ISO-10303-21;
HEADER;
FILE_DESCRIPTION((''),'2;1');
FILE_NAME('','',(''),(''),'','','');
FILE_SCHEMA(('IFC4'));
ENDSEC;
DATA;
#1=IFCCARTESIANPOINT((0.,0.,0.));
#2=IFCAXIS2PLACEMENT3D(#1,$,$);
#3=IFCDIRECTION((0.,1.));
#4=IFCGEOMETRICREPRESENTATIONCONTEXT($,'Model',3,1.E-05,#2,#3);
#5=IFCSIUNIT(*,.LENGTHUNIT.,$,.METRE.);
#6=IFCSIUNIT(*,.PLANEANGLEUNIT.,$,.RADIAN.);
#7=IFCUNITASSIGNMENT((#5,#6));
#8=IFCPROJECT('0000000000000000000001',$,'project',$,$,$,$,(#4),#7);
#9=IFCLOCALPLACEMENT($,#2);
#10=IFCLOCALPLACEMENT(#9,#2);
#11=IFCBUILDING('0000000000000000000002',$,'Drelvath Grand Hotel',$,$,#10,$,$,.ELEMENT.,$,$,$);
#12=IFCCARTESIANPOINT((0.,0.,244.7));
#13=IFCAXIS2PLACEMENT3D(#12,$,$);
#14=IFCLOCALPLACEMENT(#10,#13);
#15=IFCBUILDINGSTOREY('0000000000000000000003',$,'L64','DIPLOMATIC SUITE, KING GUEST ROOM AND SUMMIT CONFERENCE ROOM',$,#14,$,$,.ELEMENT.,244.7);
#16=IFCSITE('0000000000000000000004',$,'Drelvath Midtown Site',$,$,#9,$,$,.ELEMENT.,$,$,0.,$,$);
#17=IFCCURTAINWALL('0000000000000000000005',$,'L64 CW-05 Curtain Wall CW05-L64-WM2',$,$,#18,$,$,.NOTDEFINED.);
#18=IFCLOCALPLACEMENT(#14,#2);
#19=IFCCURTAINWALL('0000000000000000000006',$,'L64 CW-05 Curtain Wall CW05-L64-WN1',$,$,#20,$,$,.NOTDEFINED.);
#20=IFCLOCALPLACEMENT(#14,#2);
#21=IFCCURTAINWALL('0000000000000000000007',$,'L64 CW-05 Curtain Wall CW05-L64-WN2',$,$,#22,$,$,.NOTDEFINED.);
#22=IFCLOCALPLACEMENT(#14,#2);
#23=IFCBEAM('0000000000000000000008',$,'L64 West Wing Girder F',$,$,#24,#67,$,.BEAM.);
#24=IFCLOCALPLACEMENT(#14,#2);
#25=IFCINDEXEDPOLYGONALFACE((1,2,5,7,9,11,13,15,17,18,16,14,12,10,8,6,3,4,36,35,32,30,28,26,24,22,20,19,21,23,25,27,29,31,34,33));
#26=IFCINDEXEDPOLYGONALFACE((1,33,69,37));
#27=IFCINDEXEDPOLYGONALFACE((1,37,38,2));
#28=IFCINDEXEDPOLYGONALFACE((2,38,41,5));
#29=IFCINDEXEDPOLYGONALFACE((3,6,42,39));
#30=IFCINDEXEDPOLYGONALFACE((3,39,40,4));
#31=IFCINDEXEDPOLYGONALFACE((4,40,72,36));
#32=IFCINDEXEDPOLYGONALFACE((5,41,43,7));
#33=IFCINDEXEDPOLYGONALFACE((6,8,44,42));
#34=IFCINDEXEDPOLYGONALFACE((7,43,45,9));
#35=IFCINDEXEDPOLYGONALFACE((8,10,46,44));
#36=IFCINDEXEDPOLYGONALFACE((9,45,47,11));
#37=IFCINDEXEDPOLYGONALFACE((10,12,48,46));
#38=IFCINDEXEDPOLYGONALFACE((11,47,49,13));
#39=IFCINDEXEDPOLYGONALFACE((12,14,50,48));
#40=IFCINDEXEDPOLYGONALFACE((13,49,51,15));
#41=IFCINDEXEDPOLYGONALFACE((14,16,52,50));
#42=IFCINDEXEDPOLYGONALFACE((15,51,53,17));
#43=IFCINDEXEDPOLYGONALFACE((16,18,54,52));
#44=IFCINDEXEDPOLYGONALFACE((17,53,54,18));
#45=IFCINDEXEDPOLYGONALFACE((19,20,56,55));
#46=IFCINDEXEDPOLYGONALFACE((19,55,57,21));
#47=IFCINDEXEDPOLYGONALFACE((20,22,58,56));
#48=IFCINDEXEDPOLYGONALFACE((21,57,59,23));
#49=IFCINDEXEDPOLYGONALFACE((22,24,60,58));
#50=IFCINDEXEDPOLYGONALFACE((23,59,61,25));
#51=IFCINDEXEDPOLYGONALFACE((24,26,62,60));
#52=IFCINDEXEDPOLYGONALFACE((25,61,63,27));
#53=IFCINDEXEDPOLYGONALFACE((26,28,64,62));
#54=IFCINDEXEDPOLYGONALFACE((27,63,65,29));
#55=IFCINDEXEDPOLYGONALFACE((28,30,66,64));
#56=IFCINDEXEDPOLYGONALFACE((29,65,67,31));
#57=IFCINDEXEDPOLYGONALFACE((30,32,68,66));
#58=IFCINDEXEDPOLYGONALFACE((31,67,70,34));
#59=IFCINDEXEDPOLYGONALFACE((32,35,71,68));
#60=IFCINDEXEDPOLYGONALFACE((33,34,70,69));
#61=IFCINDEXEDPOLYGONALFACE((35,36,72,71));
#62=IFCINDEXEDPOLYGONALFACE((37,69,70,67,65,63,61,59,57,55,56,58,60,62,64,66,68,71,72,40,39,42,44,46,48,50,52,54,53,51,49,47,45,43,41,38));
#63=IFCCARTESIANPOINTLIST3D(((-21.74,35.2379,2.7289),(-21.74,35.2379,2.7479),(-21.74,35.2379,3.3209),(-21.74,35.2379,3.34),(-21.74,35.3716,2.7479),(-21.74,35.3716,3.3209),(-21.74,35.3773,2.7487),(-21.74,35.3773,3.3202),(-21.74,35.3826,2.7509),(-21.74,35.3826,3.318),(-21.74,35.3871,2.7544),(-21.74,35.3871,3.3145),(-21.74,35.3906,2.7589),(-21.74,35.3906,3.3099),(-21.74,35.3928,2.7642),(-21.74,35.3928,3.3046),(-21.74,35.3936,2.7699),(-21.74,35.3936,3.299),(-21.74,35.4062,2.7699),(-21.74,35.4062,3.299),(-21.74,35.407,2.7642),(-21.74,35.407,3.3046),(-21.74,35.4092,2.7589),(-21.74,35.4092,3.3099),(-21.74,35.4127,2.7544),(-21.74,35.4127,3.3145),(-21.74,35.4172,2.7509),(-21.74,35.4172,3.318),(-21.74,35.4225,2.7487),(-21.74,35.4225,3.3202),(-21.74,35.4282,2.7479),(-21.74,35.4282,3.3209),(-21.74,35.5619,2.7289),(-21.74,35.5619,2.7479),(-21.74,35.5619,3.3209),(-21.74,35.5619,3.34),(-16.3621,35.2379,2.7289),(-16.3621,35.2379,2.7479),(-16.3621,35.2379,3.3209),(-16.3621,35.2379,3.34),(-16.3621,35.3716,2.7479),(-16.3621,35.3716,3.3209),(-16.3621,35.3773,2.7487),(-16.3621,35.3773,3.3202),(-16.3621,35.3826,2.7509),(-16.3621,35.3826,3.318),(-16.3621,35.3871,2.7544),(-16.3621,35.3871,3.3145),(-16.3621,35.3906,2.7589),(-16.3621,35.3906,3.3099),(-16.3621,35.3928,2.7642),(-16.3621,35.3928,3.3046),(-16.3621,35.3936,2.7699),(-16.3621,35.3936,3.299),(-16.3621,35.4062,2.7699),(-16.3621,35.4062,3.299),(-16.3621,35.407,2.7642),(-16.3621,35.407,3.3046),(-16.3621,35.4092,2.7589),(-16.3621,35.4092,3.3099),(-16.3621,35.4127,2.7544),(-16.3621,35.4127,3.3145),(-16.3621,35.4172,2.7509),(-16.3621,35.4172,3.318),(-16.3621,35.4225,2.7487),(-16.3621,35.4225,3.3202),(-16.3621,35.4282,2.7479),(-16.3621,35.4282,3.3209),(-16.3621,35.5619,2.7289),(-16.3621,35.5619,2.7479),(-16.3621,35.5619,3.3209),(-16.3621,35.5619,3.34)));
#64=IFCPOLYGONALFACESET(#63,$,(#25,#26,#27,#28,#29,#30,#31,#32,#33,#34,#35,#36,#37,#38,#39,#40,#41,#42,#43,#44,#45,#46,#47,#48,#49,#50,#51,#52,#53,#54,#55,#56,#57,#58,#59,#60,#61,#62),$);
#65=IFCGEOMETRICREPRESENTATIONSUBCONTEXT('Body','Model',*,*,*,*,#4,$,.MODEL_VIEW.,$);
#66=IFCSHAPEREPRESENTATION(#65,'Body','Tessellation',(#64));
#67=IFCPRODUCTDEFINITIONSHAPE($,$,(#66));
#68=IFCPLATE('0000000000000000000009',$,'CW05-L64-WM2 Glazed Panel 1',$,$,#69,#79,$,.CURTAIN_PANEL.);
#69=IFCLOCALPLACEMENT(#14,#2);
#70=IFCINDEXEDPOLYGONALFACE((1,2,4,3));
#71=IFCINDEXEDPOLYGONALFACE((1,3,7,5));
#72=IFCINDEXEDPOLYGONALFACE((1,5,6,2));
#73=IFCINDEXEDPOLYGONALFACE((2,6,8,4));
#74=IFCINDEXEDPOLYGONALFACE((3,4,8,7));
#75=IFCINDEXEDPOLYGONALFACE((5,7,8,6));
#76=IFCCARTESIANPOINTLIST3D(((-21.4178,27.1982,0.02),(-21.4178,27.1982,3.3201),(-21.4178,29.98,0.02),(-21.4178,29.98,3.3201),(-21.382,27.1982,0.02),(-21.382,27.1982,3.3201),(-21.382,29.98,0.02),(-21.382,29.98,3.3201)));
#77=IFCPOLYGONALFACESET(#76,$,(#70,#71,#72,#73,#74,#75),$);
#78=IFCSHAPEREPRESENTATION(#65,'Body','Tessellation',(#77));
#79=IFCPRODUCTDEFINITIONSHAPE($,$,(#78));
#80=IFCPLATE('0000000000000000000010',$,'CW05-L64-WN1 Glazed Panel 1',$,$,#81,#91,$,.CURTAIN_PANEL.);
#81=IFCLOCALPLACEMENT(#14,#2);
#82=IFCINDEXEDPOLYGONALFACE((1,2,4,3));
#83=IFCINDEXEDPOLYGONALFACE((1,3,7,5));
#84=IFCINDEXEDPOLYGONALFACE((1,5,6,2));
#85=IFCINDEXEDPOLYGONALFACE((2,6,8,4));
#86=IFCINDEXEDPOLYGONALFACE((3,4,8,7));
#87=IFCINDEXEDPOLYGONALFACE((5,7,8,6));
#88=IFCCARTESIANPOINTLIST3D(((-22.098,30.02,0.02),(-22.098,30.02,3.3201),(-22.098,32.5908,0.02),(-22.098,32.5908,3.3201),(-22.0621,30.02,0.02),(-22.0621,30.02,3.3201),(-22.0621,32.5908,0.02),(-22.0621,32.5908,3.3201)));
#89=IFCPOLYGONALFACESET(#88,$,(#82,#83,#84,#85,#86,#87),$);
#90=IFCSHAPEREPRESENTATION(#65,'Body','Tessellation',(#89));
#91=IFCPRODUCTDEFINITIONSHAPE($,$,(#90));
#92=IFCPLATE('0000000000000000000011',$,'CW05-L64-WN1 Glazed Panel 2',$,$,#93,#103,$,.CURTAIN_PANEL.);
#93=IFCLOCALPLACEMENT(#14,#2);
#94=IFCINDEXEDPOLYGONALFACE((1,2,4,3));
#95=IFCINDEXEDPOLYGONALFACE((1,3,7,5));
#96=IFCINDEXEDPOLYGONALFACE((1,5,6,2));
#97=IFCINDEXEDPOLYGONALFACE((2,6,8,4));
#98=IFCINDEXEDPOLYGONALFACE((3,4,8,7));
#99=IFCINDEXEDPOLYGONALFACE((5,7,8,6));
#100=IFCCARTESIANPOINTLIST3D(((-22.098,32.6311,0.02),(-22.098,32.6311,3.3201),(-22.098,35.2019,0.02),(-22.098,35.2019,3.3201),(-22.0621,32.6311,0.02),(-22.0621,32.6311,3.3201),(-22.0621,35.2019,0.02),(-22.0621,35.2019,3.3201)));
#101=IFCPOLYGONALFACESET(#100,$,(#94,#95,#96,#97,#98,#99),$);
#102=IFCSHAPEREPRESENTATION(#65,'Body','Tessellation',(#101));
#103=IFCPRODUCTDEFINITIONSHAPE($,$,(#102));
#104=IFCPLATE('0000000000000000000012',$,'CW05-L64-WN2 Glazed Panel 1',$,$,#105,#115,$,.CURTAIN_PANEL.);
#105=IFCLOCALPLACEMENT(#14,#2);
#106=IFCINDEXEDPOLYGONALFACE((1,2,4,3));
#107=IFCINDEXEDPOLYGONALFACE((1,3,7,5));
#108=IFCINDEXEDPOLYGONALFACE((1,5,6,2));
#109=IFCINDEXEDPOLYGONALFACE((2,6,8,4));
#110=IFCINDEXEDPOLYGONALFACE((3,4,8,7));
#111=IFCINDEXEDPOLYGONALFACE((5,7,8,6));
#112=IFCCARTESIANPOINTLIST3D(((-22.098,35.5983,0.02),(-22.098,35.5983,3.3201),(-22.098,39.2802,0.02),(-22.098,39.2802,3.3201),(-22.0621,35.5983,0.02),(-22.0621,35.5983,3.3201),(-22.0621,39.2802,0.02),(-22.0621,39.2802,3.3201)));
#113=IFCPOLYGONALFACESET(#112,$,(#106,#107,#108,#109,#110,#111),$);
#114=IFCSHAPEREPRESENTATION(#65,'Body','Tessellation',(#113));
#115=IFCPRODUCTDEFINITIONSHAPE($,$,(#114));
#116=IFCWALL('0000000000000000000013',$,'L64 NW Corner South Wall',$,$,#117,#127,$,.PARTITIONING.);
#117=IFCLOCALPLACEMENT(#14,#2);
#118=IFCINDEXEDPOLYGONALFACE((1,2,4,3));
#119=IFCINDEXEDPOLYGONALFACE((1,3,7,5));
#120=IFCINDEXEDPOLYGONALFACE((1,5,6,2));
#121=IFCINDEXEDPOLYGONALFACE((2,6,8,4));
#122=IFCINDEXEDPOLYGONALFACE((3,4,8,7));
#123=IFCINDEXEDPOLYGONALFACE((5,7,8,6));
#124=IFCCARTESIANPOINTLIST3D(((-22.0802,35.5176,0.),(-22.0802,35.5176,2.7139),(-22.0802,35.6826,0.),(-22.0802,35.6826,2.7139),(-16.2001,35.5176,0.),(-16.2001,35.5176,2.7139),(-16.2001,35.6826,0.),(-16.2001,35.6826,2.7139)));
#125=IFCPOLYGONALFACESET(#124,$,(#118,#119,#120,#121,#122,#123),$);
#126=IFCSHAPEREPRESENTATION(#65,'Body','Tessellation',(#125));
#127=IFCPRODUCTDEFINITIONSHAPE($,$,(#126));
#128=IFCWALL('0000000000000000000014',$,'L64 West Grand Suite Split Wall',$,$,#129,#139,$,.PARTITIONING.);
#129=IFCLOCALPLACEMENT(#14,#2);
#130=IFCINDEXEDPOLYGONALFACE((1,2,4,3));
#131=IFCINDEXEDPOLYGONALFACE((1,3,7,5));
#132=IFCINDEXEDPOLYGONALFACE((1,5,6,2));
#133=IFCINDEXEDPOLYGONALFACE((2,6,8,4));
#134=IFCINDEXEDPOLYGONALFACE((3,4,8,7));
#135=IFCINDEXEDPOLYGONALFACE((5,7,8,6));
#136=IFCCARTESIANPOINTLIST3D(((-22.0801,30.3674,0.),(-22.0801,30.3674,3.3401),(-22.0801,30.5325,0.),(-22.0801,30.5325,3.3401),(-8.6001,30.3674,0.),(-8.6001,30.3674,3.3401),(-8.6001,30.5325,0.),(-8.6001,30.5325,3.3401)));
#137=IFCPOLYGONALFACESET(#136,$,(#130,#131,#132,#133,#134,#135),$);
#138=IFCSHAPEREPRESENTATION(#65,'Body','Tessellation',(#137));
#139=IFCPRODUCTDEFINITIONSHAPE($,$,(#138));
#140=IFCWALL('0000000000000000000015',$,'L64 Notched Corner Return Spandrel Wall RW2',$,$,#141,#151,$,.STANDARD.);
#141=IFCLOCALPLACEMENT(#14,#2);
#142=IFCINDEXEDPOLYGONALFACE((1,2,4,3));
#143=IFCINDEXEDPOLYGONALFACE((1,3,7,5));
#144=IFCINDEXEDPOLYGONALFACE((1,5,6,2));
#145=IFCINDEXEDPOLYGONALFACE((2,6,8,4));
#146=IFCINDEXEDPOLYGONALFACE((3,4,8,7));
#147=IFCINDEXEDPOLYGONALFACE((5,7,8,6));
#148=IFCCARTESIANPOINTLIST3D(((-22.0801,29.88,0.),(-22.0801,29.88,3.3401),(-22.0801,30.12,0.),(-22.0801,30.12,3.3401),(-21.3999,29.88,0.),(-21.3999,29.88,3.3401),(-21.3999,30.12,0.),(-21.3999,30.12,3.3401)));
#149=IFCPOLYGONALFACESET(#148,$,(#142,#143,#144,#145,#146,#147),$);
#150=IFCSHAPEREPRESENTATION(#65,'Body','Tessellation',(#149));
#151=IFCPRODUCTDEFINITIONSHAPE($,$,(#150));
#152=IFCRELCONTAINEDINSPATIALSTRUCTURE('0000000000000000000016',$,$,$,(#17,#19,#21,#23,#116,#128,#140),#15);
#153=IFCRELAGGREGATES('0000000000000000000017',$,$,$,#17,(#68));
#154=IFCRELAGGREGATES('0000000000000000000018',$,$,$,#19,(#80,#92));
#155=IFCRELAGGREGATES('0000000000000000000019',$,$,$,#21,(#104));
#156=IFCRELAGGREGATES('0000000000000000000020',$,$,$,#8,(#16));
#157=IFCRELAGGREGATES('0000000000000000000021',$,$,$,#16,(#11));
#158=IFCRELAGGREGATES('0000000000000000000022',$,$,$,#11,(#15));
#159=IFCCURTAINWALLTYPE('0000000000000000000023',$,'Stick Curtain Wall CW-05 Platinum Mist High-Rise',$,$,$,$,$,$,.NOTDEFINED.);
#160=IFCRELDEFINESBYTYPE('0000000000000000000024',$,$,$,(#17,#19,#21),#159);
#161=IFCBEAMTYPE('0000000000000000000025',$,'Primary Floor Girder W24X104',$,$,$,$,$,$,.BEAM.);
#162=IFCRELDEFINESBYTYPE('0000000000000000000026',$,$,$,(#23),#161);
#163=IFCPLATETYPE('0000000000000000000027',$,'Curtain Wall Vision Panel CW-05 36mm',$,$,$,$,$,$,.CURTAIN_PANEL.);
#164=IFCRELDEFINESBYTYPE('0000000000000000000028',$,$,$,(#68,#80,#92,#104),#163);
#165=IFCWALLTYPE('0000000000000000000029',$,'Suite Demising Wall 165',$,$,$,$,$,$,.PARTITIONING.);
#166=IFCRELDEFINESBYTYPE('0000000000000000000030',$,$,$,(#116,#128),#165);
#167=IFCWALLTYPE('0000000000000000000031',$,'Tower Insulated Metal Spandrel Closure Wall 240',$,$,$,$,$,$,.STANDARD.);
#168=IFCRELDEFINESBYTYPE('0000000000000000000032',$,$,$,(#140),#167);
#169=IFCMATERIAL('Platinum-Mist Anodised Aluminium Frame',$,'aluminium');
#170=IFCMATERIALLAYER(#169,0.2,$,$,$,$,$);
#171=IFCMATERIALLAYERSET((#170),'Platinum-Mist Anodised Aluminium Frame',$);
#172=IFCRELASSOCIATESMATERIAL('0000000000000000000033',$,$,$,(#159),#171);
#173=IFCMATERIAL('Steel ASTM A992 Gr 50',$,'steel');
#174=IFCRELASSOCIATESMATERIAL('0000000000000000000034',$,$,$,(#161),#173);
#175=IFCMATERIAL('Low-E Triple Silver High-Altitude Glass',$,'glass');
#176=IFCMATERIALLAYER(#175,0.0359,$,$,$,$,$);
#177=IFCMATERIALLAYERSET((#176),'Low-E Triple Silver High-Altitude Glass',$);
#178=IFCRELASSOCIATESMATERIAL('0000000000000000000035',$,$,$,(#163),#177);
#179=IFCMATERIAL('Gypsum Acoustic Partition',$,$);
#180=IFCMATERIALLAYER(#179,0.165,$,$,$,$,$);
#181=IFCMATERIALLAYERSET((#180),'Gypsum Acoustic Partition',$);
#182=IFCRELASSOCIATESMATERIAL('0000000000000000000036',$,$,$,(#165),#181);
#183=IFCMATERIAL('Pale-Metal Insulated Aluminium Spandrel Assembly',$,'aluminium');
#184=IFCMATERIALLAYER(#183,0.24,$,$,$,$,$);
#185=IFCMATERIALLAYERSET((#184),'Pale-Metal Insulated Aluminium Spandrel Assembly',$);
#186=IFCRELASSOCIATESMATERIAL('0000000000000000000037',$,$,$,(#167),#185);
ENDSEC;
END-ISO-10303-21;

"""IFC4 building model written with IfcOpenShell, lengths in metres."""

from ifc_helpers import new_model, si_unit, direction, frame, frame_2d, origin, origin_2d, place, context, subcontext, project, spatial, rectangle, i_section, extrude, material, layer, layer_set, material_profile, profile_set, type_object, element, aggregate, save


model = new_model("IFC4")

# Units and contexts
model_context = context("Model", 3, precision=1e-05, world=origin(), true_north=direction((0.0, 1.0)))
body_context = subcontext(model_context, "Body", "Model", "MODEL_VIEW")
ifc_project = project(units=[si_unit("LENGTHUNIT", "METRE"), si_unit("PLANEANGLEUNIT", "RADIAN")], contexts=[model_context])

# Site, building, storey
site_placement = place(None, origin())
site = spatial("IfcSite", under=ifc_project, at=site_placement, Name="Drelvath Midtown Site", CompositionType="ELEMENT", RefElevation=0.0)
building_placement = place(site_placement, origin())
building = spatial("IfcBuilding", under=site, at=building_placement, Name="Drelvath Grand Hotel", CompositionType="ELEMENT")
storey_placement = place(building_placement, frame((0.0, 0.0, 244.7)))
storey = spatial("IfcBuildingStorey", under=building, at=storey_placement, Name="L64", Description="DIPLOMATIC SUITE, KING GUEST ROOM AND SUMMIT CONFERENCE ROOM", CompositionType="ELEMENT", Elevation=244.7)

# Curtain walls
ifc_material_1 = material(Name="Platinum-Mist Anodised Aluminium Frame", Category="aluminium")
ifc_layer_1 = layer(ifc_material_1, 0.2)
ifc_layer_set_1 = layer_set([ifc_layer_1], Name="Platinum-Mist Anodised Aluminium Frame")
curtain_wall_type = type_object("IfcCurtainWallType", Name="Stick Curtain Wall CW-05 Platinum Mist High-Rise", PredefinedType="NOTDEFINED", material=ifc_layer_set_1)
curtain_wall_1_placement = place(storey_placement, origin())
curtain_wall_1 = element("IfcCurtainWall", 1, at=curtain_wall_1_placement, inside=storey, type_object=curtain_wall_type, Name="L64 CW-05 Curtain Wall CW05-L64-WM2", PredefinedType="NOTDEFINED")
curtain_wall_2_placement = place(storey_placement, origin())
curtain_wall_2 = element("IfcCurtainWall", 2, at=curtain_wall_2_placement, inside=storey, type_object=curtain_wall_type, Name="L64 CW-05 Curtain Wall CW05-L64-WN1", PredefinedType="NOTDEFINED")
curtain_wall_3_placement = place(storey_placement, origin())
curtain_wall_3 = element("IfcCurtainWall", 3, at=curtain_wall_3_placement, inside=storey, type_object=curtain_wall_type, Name="L64 CW-05 Curtain Wall CW05-L64-WN2", PredefinedType="NOTDEFINED")

# Beam
ifc_material_2 = material(Name="Steel ASTM A992 Gr 50", Category="steel")
ifc_material_profile_1 = material_profile(ifc_material_2, i_section(OverallWidth=0.324, OverallDepth=0.6111, WebThickness=0.0127, FlangeThickness=0.019, FilletRadius=0.022, at=origin_2d()), Name="W24X104")
ifc_profile_set_1 = profile_set([ifc_material_profile_1], Name="Steel ASTM A992 Gr 50")
beam_type_1 = type_object("IfcBeamType", Name="Primary Floor Girder W24X104", PredefinedType="BEAM", material=ifc_profile_set_1)
beam_1_placement = place(storey_placement, frame((-21.74, 35.3999, 3.0344), z_axis=(1.0, 0.0, 0.0), x_axis=(0.0, 1.0, 0.0)))
element("IfcBeam", 4, at=beam_1_placement, inside=storey, type_object=beam_type_1, Name="L64 West Wing Girder F", PredefinedType="BEAM", context=body_context, shape_type="SweptSolid", body=[
    extrude(i_section(OverallWidth=0.324, OverallDepth=0.6111, WebThickness=0.0127, FlangeThickness=0.019, FilletRadius=0.022, at=origin_2d()), origin(), (0.0, 0.0, 1.0), 5.3779),
])

# Plates
ifc_material_3 = material(Name="Low-E Triple Silver High-Altitude Glass", Category="glass")
ifc_layer_2 = layer(ifc_material_3, 0.0359)
ifc_layer_set_2 = layer_set([ifc_layer_2], Name="Low-E Triple Silver High-Altitude Glass")
plate_type = type_object("IfcPlateType", Name="Curtain Wall Vision Panel CW-05 36mm", PredefinedType="CURTAIN_PANEL", material=ifc_layer_set_2)
plate_1_placement = place(storey_placement, frame((-21.3999, 28.5891, 0.02), z_axis=(0.0, 0.0, 1.0), x_axis=(0.0, 1.0, 0.0)))
plate_1 = element("IfcPlate", 5, at=plate_1_placement, type_object=plate_type, Name="CW05-L64-WM2 Glazed Panel 1", PredefinedType="CURTAIN_PANEL", context=body_context, shape_type="SweptSolid", body=[
    extrude(rectangle(XDim=2.7817, YDim=0.0359, at=origin_2d()), origin(), (0.0, 0.0, 1.0), 3.3),
])
aggregate(curtain_wall_1, [plate_1])
plate_2_placement = place(storey_placement, frame((-22.0801, 31.3054, 0.02), z_axis=(0.0, 0.0, 1.0), x_axis=(0.0, 1.0, 0.0)))
plate_2 = element("IfcPlate", 6, at=plate_2_placement, type_object=plate_type, Name="CW05-L64-WN1 Glazed Panel 1", PredefinedType="CURTAIN_PANEL", context=body_context, shape_type="SweptSolid", body=[
    extrude(rectangle(XDim=2.5708, YDim=0.0359, at=origin_2d()), origin(), (0.0, 0.0, 1.0), 3.3),
])
plate_3_placement = place(storey_placement, frame((-22.0801, 33.9165, 0.02), z_axis=(0.0, 0.0, 1.0), x_axis=(0.0, 1.0, 0.0)))
plate_3 = element("IfcPlate", 7, at=plate_3_placement, type_object=plate_type, Name="CW05-L64-WN1 Glazed Panel 2", PredefinedType="CURTAIN_PANEL", context=body_context, shape_type="SweptSolid", body=[
    extrude(rectangle(XDim=2.5708, YDim=0.0359, at=origin_2d()), origin(), (0.0, 0.0, 1.0), 3.3),
])
aggregate(curtain_wall_2, [plate_2, plate_3])
plate_4_placement = place(storey_placement, frame((-22.0801, 37.4392, 0.02), z_axis=(0.0, 0.0, 1.0), x_axis=(0.0, 1.0, 0.0)))
plate_4 = element("IfcPlate", 8, at=plate_4_placement, type_object=plate_type, Name="CW05-L64-WN2 Glazed Panel 1", PredefinedType="CURTAIN_PANEL", context=body_context, shape_type="SweptSolid", body=[
    extrude(rectangle(XDim=3.6819, YDim=0.0359, at=origin_2d()), origin(), (0.0, 0.0, 1.0), 3.3),
])
aggregate(curtain_wall_3, [plate_4])

# Walls
ifc_material_4 = material(Name="Gypsum Acoustic Partition")
ifc_layer_3 = layer(ifc_material_4, 0.165)
ifc_layer_set_3 = layer_set([ifc_layer_3], Name="Gypsum Acoustic Partition")
wall_type_1 = type_object("IfcWallType", Name="Suite Demising Wall 165", PredefinedType="PARTITIONING", material=ifc_layer_set_3)
wall_1_placement = place(storey_placement, frame((-22.0801, 35.6001, 0.0), z_axis=(0.0, 0.0, 1.0), x_axis=(1.0, 0.0, 0.0)))
element("IfcWall", 9, at=wall_1_placement, inside=storey, type_object=wall_type_1, Name="L64 NW Corner South Wall", PredefinedType="PARTITIONING", context=body_context, shape_type="SweptSolid", body=[
    extrude(rectangle(XDim=5.8801, YDim=0.165, at=frame_2d((2.9399, 0.0))), origin(), (0.0, 0.0, 1.0), 2.7139),
])
wall_2_placement = place(storey_placement, frame((-22.0801, 30.45, 0.0), z_axis=(0.0, 0.0, 1.0), x_axis=(1.0, 0.0, 0.0)))
element("IfcWall", 10, at=wall_2_placement, inside=storey, type_object=wall_type_1, Name="L64 West Grand Suite Split Wall", PredefinedType="PARTITIONING", context=body_context, shape_type="SweptSolid", body=[
    extrude(rectangle(XDim=13.48, YDim=0.165, at=frame_2d((6.74, 0.0))), origin(), (0.0, 0.0, 1.0), 3.3401),
])
ifc_material_5 = material(Name="Pale-Metal Insulated Aluminium Spandrel Assembly", Category="aluminium")
ifc_layer_4 = layer(ifc_material_5, 0.24)
ifc_layer_set_4 = layer_set([ifc_layer_4], Name="Pale-Metal Insulated Aluminium Spandrel Assembly")
wall_type_2 = type_object("IfcWallType", Name="Tower Insulated Metal Spandrel Closure Wall 240", PredefinedType="STANDARD", material=ifc_layer_set_4)
wall_3_placement = place(storey_placement, frame((-21.3999, 30.0, 0.0), z_axis=(0.0, 0.0, 1.0), x_axis=(-1.0, 0.0, 0.0)))
element("IfcWall", 11, at=wall_3_placement, inside=storey, type_object=wall_type_2, Name="L64 Notched Corner Return Spandrel Wall RW2", PredefinedType="STANDARD", context=body_context, shape_type="SweptSolid", body=[
    extrude(rectangle(XDim=0.6802, YDim=0.24, at=frame_2d((0.3401, 0.0))), origin(), (0.0, 0.0, 1.0), 3.3401),
])

save(model, "model.ifc")
